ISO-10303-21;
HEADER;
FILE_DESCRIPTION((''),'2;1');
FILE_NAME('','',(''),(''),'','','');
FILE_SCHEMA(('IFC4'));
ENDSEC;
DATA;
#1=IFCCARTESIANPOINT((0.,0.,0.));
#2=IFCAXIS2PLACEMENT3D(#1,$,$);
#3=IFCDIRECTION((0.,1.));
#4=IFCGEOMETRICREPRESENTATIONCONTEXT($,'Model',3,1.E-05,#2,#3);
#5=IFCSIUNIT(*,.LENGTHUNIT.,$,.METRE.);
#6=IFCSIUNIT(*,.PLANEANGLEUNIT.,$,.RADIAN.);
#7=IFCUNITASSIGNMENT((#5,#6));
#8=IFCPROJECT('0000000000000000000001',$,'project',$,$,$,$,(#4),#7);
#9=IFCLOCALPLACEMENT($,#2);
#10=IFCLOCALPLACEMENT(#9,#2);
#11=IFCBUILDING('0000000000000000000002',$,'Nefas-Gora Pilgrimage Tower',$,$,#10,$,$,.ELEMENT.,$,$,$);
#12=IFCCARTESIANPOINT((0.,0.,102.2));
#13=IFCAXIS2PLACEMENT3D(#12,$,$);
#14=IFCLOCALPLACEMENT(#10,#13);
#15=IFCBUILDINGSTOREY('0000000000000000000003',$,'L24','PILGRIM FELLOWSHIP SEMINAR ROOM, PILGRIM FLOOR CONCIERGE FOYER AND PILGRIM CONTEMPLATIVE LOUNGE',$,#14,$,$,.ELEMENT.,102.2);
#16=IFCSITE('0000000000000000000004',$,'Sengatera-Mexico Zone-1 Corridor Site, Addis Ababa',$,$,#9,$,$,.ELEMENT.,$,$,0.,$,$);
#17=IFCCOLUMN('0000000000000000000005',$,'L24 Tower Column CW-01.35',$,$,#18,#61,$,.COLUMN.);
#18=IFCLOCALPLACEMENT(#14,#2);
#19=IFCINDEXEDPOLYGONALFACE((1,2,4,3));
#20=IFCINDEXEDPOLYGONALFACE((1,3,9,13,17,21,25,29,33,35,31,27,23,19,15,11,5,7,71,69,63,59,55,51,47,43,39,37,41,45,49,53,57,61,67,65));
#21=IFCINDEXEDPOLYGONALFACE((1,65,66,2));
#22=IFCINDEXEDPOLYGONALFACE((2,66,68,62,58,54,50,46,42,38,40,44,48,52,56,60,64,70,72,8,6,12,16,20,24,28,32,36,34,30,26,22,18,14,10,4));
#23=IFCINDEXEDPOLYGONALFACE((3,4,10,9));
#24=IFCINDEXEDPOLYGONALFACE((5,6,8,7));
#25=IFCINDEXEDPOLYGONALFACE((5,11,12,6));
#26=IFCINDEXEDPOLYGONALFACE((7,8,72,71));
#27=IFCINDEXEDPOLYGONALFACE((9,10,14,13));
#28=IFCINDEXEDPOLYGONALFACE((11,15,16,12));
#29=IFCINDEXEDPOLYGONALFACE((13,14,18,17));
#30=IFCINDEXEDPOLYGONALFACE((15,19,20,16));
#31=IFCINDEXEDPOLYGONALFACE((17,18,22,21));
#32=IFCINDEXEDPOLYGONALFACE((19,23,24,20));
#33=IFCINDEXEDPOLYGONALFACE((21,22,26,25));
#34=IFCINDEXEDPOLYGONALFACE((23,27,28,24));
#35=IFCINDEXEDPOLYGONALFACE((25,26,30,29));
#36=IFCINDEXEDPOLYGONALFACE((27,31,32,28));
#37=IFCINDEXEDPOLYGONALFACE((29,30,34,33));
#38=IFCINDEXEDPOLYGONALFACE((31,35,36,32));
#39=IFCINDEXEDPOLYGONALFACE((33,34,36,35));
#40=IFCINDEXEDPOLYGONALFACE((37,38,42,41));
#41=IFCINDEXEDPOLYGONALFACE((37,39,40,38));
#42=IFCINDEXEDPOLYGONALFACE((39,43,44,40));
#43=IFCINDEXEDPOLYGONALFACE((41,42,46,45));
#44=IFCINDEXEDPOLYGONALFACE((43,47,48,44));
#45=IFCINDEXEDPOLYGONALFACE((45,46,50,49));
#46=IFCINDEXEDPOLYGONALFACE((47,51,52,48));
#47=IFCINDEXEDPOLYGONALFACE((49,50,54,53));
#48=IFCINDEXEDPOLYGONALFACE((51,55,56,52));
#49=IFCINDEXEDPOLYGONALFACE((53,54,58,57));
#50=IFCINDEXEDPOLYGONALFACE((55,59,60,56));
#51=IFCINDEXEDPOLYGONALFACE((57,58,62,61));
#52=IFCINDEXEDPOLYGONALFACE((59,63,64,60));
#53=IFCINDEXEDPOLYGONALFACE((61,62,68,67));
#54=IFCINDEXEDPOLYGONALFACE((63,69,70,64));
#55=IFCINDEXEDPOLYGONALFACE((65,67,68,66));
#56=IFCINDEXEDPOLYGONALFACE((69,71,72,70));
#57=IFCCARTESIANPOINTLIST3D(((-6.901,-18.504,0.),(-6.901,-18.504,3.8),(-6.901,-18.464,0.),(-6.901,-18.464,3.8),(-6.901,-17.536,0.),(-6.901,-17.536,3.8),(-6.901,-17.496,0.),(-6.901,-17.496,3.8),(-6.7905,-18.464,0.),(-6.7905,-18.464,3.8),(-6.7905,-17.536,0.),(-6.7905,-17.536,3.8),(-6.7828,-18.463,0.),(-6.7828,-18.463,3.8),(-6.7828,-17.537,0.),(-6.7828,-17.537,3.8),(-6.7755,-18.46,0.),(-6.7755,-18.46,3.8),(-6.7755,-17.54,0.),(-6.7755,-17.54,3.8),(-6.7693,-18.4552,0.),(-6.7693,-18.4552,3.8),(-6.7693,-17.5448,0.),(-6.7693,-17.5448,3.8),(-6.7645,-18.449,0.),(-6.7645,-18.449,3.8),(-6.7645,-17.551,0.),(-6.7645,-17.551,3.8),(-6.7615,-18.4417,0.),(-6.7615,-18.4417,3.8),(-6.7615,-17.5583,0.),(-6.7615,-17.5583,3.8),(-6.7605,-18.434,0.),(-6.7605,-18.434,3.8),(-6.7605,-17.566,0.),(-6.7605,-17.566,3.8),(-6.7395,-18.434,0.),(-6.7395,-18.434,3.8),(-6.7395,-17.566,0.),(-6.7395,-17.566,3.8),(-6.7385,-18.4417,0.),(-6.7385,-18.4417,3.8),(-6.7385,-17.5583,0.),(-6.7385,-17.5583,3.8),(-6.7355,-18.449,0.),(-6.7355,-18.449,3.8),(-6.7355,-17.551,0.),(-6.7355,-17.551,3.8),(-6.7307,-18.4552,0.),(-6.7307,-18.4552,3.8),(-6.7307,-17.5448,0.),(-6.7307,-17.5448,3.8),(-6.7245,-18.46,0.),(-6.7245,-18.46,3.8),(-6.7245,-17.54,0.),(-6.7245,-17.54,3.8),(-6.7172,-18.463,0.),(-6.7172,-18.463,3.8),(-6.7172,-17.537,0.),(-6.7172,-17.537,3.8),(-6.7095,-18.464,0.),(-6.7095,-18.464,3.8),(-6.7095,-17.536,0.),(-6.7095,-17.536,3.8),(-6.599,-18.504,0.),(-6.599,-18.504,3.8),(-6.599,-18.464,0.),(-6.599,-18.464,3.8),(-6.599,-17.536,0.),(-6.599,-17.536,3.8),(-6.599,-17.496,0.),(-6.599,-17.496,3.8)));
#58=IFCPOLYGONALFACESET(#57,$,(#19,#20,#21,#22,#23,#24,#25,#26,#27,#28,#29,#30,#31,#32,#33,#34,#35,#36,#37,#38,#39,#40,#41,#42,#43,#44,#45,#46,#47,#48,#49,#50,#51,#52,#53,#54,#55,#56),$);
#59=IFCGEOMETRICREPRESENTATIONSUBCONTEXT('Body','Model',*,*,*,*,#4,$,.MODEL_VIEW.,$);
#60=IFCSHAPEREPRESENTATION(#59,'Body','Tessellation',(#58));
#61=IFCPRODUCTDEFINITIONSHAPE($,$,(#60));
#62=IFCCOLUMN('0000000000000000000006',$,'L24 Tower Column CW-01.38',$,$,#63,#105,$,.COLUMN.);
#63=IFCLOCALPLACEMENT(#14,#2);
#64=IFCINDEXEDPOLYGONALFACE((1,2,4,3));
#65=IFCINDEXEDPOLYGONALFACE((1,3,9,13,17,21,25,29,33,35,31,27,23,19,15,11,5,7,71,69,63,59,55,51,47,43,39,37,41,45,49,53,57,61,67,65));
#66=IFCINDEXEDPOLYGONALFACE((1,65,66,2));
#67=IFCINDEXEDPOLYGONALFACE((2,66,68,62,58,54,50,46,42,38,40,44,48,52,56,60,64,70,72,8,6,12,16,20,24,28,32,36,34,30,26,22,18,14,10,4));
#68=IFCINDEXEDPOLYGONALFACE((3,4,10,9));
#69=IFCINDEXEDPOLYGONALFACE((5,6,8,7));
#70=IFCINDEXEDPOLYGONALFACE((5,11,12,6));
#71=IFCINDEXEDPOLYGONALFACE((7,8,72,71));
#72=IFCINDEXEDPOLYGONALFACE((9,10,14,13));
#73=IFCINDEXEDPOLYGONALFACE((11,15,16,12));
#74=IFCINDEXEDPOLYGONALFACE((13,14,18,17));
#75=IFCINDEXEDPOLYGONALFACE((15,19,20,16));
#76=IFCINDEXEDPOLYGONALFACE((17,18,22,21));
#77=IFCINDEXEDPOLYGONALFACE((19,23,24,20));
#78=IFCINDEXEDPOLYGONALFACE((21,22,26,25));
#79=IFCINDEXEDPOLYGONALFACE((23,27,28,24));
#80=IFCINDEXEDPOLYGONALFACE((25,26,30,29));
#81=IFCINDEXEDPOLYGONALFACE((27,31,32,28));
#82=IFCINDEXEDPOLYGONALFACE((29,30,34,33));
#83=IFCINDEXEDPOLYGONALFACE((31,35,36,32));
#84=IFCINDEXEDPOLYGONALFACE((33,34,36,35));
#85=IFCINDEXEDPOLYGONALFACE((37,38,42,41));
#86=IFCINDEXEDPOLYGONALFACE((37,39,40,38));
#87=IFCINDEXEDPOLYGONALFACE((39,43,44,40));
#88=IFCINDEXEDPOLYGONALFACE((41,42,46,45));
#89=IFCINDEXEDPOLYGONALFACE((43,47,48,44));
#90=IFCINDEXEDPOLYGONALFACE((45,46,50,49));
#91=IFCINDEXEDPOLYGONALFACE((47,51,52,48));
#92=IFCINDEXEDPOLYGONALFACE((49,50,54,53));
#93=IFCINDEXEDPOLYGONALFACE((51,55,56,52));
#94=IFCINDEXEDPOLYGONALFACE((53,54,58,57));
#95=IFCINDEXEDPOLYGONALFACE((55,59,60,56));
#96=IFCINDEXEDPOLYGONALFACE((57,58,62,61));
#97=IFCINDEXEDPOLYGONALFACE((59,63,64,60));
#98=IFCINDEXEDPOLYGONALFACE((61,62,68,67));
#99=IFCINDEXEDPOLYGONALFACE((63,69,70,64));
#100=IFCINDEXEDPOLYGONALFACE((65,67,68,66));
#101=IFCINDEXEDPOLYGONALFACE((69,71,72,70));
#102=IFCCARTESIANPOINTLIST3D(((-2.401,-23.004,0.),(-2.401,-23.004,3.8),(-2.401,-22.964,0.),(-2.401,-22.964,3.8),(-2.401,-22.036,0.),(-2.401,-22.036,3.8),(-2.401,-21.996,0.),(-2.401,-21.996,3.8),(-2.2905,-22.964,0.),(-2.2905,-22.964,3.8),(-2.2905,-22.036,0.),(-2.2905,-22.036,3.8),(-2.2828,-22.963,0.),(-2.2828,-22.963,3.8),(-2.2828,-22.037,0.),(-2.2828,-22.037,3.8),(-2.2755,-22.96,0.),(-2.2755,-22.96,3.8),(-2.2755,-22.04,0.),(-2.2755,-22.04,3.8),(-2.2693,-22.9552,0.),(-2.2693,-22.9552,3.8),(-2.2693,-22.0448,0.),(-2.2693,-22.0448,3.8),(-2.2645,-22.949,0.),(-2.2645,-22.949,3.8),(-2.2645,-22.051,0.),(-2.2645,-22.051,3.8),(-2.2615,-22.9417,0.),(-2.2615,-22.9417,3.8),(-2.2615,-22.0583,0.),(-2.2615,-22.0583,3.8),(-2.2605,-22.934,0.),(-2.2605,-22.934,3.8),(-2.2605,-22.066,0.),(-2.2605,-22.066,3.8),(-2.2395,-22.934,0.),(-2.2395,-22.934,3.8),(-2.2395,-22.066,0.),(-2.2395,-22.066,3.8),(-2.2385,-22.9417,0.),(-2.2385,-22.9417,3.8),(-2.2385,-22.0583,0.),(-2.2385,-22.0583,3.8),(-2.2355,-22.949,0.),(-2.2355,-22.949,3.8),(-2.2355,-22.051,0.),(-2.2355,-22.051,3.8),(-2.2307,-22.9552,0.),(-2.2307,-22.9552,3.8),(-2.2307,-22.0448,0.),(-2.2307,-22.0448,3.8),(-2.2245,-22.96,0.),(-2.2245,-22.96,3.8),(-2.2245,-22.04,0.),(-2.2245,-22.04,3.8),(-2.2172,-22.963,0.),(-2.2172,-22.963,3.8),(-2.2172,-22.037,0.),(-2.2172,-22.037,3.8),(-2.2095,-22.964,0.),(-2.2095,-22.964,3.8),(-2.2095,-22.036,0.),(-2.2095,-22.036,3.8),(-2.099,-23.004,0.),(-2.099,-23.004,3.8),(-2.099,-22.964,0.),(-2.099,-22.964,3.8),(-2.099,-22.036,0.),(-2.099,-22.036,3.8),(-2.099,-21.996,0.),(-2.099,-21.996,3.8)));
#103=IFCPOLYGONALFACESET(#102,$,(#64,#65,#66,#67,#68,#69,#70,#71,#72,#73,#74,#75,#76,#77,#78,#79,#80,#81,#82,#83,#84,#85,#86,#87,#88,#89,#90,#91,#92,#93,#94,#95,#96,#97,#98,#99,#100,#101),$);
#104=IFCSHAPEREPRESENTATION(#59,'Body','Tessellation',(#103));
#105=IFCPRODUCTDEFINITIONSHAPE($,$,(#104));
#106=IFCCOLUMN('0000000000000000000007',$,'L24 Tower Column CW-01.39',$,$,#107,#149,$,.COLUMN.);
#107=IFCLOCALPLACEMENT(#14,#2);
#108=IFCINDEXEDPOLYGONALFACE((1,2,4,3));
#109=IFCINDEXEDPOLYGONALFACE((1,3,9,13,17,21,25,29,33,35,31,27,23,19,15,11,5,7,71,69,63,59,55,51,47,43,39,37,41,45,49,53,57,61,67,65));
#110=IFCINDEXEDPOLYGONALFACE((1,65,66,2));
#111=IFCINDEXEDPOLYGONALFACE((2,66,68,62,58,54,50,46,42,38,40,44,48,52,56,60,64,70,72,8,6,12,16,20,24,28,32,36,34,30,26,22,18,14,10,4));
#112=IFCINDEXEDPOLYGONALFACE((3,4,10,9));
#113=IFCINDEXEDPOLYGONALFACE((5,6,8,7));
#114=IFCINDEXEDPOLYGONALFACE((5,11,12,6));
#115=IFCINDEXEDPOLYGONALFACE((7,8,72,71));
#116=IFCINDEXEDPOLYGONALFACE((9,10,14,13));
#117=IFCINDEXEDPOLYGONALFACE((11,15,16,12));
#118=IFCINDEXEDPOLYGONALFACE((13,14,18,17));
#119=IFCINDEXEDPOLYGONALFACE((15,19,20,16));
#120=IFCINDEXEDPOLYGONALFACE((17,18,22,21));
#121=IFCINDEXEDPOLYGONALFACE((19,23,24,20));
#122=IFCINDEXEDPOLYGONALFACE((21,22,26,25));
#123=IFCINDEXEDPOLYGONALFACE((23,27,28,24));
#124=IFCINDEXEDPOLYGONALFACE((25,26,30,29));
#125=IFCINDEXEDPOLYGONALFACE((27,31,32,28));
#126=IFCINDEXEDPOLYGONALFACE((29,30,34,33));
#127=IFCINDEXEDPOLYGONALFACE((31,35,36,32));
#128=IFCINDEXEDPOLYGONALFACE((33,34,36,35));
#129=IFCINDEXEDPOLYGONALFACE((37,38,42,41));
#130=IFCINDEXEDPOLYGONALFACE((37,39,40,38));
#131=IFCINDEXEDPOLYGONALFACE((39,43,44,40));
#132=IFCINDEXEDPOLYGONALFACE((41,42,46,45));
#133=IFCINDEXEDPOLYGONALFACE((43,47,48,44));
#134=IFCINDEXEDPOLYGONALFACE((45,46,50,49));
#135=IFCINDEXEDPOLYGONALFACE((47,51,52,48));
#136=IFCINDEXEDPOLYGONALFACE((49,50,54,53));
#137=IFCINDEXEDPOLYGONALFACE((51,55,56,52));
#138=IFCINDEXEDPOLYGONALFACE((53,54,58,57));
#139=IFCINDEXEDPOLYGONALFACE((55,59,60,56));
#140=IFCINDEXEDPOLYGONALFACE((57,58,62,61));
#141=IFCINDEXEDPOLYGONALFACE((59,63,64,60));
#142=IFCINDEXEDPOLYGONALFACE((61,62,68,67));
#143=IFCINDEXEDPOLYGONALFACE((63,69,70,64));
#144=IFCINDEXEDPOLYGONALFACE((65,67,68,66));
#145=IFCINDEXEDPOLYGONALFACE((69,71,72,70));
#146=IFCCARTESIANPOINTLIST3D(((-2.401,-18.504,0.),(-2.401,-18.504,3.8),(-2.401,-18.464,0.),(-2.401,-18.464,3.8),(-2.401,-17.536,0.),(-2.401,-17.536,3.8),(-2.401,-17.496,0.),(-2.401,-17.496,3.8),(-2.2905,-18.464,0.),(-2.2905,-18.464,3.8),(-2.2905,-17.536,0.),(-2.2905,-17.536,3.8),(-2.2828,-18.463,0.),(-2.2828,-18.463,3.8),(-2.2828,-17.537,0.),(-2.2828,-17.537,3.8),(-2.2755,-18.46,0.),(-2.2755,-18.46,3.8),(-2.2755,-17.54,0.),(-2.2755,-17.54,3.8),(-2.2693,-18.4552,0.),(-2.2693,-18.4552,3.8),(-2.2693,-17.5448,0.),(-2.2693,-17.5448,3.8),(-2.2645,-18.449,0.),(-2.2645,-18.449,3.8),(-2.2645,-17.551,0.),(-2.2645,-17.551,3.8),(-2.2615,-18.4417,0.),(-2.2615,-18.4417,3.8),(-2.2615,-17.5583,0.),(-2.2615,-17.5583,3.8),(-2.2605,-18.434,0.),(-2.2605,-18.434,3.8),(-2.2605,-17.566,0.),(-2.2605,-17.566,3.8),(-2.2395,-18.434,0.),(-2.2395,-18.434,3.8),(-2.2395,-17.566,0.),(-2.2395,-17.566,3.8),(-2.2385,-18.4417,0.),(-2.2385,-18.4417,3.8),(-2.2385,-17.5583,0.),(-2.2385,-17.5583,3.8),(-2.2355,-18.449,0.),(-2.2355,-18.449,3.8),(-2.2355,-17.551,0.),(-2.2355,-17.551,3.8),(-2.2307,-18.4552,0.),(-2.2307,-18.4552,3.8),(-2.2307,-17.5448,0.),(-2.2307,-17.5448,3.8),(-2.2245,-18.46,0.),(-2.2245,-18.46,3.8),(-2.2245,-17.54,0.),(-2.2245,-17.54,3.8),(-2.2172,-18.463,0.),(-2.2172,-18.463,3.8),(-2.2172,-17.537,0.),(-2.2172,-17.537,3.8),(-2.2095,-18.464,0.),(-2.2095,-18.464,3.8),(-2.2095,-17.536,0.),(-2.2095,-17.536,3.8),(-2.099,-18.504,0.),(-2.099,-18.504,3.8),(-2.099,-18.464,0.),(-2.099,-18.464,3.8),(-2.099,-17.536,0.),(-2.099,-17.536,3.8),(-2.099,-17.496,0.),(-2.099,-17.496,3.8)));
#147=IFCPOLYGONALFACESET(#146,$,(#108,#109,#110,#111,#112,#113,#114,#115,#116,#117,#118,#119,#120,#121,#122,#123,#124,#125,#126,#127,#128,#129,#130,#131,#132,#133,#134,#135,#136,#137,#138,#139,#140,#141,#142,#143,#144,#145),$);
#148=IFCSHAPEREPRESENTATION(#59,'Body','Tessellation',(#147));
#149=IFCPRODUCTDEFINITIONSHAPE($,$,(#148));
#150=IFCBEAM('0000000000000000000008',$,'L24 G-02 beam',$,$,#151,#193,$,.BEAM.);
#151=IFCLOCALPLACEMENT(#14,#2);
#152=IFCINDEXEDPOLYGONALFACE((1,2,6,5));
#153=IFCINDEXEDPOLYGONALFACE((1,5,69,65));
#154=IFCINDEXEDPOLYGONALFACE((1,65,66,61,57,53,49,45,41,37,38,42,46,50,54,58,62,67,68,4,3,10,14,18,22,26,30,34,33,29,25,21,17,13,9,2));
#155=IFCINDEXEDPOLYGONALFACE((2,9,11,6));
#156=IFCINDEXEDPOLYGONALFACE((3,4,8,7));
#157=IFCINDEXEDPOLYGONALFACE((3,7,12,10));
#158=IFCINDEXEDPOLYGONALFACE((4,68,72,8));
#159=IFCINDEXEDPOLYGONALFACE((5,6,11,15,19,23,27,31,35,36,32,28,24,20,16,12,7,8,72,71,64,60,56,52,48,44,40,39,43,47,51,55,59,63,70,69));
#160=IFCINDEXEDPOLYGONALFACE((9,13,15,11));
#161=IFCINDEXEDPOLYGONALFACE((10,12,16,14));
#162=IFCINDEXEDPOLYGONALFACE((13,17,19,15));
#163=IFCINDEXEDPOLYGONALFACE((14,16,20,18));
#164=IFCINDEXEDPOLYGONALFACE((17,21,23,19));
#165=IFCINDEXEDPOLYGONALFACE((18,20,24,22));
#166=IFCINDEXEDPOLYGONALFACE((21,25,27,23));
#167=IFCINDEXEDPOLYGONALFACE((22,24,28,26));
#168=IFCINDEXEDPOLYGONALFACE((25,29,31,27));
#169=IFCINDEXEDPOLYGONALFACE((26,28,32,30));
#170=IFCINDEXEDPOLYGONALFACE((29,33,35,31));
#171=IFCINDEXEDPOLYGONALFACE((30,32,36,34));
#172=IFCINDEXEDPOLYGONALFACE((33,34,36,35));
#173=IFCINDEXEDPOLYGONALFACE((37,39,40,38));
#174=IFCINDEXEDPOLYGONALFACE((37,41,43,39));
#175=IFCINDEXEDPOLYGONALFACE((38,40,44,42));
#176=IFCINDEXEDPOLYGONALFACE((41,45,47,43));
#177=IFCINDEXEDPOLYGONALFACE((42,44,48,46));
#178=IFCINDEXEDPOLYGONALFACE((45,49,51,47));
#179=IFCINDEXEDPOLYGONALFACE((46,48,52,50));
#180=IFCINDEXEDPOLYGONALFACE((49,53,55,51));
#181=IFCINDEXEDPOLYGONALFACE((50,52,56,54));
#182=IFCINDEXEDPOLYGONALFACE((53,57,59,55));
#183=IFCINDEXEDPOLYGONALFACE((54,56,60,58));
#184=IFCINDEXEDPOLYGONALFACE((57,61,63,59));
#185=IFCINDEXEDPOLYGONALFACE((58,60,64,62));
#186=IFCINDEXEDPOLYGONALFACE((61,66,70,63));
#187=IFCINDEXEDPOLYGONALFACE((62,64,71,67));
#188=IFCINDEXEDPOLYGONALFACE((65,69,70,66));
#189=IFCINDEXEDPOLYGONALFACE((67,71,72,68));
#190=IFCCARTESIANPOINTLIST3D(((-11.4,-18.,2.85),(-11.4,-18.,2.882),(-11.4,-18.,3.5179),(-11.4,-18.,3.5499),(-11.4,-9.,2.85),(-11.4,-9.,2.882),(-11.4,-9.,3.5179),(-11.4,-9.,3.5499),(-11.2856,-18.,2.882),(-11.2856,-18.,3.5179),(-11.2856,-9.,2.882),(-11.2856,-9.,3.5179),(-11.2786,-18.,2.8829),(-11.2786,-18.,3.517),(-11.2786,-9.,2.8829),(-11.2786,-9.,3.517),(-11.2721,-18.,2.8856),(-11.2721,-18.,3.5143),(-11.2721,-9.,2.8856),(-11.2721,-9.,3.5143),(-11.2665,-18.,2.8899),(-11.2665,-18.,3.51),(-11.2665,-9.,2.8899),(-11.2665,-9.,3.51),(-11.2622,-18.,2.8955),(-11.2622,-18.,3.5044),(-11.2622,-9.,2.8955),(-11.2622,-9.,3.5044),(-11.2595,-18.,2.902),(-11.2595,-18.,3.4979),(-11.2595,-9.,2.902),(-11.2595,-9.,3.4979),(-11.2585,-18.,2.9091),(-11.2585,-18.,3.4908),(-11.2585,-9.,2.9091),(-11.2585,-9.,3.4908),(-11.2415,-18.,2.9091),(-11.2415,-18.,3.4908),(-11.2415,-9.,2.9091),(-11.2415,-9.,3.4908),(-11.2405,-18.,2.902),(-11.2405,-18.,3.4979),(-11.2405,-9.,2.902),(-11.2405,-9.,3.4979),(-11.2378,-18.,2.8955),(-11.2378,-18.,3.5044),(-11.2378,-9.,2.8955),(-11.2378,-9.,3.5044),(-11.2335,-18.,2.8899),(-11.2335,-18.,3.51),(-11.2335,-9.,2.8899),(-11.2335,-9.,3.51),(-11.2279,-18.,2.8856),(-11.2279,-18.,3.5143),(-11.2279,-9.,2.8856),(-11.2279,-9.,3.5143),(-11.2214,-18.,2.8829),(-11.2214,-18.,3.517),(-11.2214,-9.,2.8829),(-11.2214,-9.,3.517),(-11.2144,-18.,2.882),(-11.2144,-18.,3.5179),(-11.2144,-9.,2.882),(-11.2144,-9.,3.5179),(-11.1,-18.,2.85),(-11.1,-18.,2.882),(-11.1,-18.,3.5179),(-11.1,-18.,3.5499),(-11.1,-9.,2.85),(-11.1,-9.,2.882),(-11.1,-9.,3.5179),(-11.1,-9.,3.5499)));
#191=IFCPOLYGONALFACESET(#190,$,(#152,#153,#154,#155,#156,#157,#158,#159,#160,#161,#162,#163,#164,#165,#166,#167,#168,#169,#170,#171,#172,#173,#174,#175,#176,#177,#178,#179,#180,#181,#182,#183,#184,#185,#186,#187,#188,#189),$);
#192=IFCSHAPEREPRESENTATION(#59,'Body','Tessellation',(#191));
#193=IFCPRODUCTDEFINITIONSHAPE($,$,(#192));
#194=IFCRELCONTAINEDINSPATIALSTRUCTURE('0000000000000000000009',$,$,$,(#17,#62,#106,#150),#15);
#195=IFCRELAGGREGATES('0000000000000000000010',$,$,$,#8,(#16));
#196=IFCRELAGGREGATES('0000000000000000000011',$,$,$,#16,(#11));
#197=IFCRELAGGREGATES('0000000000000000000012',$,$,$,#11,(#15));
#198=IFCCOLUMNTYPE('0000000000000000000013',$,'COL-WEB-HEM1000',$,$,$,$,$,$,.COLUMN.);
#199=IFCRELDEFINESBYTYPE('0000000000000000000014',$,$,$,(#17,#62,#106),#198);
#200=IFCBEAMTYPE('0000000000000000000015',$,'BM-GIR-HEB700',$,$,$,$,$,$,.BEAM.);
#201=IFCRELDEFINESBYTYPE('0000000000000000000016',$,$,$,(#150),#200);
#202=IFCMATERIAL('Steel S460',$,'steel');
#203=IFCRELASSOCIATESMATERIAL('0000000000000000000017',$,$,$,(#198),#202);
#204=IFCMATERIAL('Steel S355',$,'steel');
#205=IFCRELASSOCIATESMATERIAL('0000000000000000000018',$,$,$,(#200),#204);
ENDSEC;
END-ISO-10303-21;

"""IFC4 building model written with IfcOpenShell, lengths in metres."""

from ifc_helpers import new_model, si_unit, direction, frame, origin, origin_2d, place, context, subcontext, project, spatial, i_section, extrude, source, transform, mapped, material, material_profile, profile_set, type_object, element, save


model = new_model("IFC4")

# Units and contexts
model_context = context("Model", 3, precision=1e-05, world=origin(), true_north=direction((0.0, 1.0)))
body_context = subcontext(model_context, "Body", "Model", "MODEL_VIEW")
ifc_project = project(units=[si_unit("LENGTHUNIT", "METRE"), si_unit("PLANEANGLEUNIT", "RADIAN")], contexts=[model_context])

# Site, building, storey
site_placement = place(None, origin())
site = spatial("IfcSite", under=ifc_project, at=site_placement, Name="Sengatera-Mexico Zone-1 Corridor Site, Addis Ababa", CompositionType="ELEMENT", RefElevation=0.0)
building_placement = place(site_placement, origin())
building = spatial("IfcBuilding", under=site, at=building_placement, Name="Nefas-Gora Pilgrimage Tower", CompositionType="ELEMENT")
storey_placement = place(building_placement, frame((0.0, 0.0, 102.2)))
storey = spatial("IfcBuildingStorey", under=building, at=storey_placement, Name="L24", Description="PILGRIM FELLOWSHIP SEMINAR ROOM, PILGRIM FLOOR CONCIERGE FOYER AND PILGRIM CONTEMPLATIVE LOUNGE", CompositionType="ELEMENT", Elevation=102.2)

# Columns
ifc_material_1 = material(Name="Steel S460", Category="steel")
ifc_material_profile_1 = material_profile(ifc_material_1, i_section(OverallWidth=0.302, OverallDepth=1.0081, WebThickness=0.021, FlangeThickness=0.04, FilletRadius=0.03, at=origin_2d()), Name="HEM 1000")
ifc_profile_set_1 = profile_set([ifc_material_profile_1], Name="Steel S460")
column_type_1 = type_object("IfcColumnType", Name="COL-WEB-HEM1000", PredefinedType="COLUMN", material=ifc_profile_set_1)
shared_shape_1 = source(origin(), body_context, "Body", "SweptSolid", [
    extrude(i_section(OverallWidth=0.302, OverallDepth=1.0081, WebThickness=0.021, FlangeThickness=0.04, FilletRadius=0.03, at=origin_2d()), origin(), (0.0, 0.0, 1.0), 3.8),
])
for number, where, z_axis, x_axis, name in (
    (1, (-6.75, -18.0, 0.0), (0.0, 0.0, 1.0), (1.0, 0.0, 0.0), "L24 Tower Column CW-01.35"),
    (2, (-2.25, -22.5, 0.0), (0.0, 0.0, 1.0), (1.0, 0.0, 0.0), "L24 Tower Column CW-01.38"),
    (3, (-2.25, -18.0, 0.0), (0.0, 0.0, 1.0), (1.0, 0.0, 0.0), "L24 Tower Column CW-01.39"),
):
    element("IfcColumn", number, at=place(storey_placement, frame(where, z_axis=z_axis, x_axis=x_axis)), inside=storey, type_object=column_type_1, Name=name, PredefinedType="COLUMN", context=body_context, shape_type="MappedRepresentation", body=[
        mapped(shared_shape_1, transform((0.0, 0.0, 0.0), x_axis=(1.0, 0.0, 0.0), y_axis=(0.0, 1.0, 0.0), z_axis=(0.0, 0.0, 1.0), scale=1.0)),
    ])

# Beam
ifc_material_2 = material(Name="Steel S355", Category="steel")
ifc_material_profile_2 = material_profile(ifc_material_2, i_section(OverallWidth=0.3, OverallDepth=0.7, WebThickness=0.0171, FlangeThickness=0.032, FilletRadius=0.0271, at=origin_2d()), Name="HEB 700")
ifc_profile_set_2 = profile_set([ifc_material_profile_2], Name="Steel S355")
beam_type = type_object("IfcBeamType", Name="BM-GIR-HEB700", PredefinedType="BEAM", material=ifc_profile_set_2)
shared_shape_2 = source(origin(), body_context, "Body", "SweptSolid", [
    extrude(i_section(OverallWidth=0.3, OverallDepth=0.7, WebThickness=0.0171, FlangeThickness=0.032, FilletRadius=0.0271, at=origin_2d()), origin(), (0.0, 0.0, 1.0), 9.0),
])
beam_placement = place(storey_placement, frame((-11.25, -18.0, 3.2), z_axis=(0.0, 1.0, 0.0), x_axis=(-1.0, 0.0, 0.0)))
element("IfcBeam", 4, at=beam_placement, inside=storey, type_object=beam_type, Name="L24 G-02 beam", PredefinedType="BEAM", context=body_context, shape_type="MappedRepresentation", body=[
    mapped(shared_shape_2, transform((0.0, 0.0, 0.0), x_axis=(1.0, 0.0, 0.0), y_axis=(0.0, 1.0, 0.0), z_axis=(0.0, 0.0, 1.0), scale=1.0)),
])

save(model, "model.ifc")
